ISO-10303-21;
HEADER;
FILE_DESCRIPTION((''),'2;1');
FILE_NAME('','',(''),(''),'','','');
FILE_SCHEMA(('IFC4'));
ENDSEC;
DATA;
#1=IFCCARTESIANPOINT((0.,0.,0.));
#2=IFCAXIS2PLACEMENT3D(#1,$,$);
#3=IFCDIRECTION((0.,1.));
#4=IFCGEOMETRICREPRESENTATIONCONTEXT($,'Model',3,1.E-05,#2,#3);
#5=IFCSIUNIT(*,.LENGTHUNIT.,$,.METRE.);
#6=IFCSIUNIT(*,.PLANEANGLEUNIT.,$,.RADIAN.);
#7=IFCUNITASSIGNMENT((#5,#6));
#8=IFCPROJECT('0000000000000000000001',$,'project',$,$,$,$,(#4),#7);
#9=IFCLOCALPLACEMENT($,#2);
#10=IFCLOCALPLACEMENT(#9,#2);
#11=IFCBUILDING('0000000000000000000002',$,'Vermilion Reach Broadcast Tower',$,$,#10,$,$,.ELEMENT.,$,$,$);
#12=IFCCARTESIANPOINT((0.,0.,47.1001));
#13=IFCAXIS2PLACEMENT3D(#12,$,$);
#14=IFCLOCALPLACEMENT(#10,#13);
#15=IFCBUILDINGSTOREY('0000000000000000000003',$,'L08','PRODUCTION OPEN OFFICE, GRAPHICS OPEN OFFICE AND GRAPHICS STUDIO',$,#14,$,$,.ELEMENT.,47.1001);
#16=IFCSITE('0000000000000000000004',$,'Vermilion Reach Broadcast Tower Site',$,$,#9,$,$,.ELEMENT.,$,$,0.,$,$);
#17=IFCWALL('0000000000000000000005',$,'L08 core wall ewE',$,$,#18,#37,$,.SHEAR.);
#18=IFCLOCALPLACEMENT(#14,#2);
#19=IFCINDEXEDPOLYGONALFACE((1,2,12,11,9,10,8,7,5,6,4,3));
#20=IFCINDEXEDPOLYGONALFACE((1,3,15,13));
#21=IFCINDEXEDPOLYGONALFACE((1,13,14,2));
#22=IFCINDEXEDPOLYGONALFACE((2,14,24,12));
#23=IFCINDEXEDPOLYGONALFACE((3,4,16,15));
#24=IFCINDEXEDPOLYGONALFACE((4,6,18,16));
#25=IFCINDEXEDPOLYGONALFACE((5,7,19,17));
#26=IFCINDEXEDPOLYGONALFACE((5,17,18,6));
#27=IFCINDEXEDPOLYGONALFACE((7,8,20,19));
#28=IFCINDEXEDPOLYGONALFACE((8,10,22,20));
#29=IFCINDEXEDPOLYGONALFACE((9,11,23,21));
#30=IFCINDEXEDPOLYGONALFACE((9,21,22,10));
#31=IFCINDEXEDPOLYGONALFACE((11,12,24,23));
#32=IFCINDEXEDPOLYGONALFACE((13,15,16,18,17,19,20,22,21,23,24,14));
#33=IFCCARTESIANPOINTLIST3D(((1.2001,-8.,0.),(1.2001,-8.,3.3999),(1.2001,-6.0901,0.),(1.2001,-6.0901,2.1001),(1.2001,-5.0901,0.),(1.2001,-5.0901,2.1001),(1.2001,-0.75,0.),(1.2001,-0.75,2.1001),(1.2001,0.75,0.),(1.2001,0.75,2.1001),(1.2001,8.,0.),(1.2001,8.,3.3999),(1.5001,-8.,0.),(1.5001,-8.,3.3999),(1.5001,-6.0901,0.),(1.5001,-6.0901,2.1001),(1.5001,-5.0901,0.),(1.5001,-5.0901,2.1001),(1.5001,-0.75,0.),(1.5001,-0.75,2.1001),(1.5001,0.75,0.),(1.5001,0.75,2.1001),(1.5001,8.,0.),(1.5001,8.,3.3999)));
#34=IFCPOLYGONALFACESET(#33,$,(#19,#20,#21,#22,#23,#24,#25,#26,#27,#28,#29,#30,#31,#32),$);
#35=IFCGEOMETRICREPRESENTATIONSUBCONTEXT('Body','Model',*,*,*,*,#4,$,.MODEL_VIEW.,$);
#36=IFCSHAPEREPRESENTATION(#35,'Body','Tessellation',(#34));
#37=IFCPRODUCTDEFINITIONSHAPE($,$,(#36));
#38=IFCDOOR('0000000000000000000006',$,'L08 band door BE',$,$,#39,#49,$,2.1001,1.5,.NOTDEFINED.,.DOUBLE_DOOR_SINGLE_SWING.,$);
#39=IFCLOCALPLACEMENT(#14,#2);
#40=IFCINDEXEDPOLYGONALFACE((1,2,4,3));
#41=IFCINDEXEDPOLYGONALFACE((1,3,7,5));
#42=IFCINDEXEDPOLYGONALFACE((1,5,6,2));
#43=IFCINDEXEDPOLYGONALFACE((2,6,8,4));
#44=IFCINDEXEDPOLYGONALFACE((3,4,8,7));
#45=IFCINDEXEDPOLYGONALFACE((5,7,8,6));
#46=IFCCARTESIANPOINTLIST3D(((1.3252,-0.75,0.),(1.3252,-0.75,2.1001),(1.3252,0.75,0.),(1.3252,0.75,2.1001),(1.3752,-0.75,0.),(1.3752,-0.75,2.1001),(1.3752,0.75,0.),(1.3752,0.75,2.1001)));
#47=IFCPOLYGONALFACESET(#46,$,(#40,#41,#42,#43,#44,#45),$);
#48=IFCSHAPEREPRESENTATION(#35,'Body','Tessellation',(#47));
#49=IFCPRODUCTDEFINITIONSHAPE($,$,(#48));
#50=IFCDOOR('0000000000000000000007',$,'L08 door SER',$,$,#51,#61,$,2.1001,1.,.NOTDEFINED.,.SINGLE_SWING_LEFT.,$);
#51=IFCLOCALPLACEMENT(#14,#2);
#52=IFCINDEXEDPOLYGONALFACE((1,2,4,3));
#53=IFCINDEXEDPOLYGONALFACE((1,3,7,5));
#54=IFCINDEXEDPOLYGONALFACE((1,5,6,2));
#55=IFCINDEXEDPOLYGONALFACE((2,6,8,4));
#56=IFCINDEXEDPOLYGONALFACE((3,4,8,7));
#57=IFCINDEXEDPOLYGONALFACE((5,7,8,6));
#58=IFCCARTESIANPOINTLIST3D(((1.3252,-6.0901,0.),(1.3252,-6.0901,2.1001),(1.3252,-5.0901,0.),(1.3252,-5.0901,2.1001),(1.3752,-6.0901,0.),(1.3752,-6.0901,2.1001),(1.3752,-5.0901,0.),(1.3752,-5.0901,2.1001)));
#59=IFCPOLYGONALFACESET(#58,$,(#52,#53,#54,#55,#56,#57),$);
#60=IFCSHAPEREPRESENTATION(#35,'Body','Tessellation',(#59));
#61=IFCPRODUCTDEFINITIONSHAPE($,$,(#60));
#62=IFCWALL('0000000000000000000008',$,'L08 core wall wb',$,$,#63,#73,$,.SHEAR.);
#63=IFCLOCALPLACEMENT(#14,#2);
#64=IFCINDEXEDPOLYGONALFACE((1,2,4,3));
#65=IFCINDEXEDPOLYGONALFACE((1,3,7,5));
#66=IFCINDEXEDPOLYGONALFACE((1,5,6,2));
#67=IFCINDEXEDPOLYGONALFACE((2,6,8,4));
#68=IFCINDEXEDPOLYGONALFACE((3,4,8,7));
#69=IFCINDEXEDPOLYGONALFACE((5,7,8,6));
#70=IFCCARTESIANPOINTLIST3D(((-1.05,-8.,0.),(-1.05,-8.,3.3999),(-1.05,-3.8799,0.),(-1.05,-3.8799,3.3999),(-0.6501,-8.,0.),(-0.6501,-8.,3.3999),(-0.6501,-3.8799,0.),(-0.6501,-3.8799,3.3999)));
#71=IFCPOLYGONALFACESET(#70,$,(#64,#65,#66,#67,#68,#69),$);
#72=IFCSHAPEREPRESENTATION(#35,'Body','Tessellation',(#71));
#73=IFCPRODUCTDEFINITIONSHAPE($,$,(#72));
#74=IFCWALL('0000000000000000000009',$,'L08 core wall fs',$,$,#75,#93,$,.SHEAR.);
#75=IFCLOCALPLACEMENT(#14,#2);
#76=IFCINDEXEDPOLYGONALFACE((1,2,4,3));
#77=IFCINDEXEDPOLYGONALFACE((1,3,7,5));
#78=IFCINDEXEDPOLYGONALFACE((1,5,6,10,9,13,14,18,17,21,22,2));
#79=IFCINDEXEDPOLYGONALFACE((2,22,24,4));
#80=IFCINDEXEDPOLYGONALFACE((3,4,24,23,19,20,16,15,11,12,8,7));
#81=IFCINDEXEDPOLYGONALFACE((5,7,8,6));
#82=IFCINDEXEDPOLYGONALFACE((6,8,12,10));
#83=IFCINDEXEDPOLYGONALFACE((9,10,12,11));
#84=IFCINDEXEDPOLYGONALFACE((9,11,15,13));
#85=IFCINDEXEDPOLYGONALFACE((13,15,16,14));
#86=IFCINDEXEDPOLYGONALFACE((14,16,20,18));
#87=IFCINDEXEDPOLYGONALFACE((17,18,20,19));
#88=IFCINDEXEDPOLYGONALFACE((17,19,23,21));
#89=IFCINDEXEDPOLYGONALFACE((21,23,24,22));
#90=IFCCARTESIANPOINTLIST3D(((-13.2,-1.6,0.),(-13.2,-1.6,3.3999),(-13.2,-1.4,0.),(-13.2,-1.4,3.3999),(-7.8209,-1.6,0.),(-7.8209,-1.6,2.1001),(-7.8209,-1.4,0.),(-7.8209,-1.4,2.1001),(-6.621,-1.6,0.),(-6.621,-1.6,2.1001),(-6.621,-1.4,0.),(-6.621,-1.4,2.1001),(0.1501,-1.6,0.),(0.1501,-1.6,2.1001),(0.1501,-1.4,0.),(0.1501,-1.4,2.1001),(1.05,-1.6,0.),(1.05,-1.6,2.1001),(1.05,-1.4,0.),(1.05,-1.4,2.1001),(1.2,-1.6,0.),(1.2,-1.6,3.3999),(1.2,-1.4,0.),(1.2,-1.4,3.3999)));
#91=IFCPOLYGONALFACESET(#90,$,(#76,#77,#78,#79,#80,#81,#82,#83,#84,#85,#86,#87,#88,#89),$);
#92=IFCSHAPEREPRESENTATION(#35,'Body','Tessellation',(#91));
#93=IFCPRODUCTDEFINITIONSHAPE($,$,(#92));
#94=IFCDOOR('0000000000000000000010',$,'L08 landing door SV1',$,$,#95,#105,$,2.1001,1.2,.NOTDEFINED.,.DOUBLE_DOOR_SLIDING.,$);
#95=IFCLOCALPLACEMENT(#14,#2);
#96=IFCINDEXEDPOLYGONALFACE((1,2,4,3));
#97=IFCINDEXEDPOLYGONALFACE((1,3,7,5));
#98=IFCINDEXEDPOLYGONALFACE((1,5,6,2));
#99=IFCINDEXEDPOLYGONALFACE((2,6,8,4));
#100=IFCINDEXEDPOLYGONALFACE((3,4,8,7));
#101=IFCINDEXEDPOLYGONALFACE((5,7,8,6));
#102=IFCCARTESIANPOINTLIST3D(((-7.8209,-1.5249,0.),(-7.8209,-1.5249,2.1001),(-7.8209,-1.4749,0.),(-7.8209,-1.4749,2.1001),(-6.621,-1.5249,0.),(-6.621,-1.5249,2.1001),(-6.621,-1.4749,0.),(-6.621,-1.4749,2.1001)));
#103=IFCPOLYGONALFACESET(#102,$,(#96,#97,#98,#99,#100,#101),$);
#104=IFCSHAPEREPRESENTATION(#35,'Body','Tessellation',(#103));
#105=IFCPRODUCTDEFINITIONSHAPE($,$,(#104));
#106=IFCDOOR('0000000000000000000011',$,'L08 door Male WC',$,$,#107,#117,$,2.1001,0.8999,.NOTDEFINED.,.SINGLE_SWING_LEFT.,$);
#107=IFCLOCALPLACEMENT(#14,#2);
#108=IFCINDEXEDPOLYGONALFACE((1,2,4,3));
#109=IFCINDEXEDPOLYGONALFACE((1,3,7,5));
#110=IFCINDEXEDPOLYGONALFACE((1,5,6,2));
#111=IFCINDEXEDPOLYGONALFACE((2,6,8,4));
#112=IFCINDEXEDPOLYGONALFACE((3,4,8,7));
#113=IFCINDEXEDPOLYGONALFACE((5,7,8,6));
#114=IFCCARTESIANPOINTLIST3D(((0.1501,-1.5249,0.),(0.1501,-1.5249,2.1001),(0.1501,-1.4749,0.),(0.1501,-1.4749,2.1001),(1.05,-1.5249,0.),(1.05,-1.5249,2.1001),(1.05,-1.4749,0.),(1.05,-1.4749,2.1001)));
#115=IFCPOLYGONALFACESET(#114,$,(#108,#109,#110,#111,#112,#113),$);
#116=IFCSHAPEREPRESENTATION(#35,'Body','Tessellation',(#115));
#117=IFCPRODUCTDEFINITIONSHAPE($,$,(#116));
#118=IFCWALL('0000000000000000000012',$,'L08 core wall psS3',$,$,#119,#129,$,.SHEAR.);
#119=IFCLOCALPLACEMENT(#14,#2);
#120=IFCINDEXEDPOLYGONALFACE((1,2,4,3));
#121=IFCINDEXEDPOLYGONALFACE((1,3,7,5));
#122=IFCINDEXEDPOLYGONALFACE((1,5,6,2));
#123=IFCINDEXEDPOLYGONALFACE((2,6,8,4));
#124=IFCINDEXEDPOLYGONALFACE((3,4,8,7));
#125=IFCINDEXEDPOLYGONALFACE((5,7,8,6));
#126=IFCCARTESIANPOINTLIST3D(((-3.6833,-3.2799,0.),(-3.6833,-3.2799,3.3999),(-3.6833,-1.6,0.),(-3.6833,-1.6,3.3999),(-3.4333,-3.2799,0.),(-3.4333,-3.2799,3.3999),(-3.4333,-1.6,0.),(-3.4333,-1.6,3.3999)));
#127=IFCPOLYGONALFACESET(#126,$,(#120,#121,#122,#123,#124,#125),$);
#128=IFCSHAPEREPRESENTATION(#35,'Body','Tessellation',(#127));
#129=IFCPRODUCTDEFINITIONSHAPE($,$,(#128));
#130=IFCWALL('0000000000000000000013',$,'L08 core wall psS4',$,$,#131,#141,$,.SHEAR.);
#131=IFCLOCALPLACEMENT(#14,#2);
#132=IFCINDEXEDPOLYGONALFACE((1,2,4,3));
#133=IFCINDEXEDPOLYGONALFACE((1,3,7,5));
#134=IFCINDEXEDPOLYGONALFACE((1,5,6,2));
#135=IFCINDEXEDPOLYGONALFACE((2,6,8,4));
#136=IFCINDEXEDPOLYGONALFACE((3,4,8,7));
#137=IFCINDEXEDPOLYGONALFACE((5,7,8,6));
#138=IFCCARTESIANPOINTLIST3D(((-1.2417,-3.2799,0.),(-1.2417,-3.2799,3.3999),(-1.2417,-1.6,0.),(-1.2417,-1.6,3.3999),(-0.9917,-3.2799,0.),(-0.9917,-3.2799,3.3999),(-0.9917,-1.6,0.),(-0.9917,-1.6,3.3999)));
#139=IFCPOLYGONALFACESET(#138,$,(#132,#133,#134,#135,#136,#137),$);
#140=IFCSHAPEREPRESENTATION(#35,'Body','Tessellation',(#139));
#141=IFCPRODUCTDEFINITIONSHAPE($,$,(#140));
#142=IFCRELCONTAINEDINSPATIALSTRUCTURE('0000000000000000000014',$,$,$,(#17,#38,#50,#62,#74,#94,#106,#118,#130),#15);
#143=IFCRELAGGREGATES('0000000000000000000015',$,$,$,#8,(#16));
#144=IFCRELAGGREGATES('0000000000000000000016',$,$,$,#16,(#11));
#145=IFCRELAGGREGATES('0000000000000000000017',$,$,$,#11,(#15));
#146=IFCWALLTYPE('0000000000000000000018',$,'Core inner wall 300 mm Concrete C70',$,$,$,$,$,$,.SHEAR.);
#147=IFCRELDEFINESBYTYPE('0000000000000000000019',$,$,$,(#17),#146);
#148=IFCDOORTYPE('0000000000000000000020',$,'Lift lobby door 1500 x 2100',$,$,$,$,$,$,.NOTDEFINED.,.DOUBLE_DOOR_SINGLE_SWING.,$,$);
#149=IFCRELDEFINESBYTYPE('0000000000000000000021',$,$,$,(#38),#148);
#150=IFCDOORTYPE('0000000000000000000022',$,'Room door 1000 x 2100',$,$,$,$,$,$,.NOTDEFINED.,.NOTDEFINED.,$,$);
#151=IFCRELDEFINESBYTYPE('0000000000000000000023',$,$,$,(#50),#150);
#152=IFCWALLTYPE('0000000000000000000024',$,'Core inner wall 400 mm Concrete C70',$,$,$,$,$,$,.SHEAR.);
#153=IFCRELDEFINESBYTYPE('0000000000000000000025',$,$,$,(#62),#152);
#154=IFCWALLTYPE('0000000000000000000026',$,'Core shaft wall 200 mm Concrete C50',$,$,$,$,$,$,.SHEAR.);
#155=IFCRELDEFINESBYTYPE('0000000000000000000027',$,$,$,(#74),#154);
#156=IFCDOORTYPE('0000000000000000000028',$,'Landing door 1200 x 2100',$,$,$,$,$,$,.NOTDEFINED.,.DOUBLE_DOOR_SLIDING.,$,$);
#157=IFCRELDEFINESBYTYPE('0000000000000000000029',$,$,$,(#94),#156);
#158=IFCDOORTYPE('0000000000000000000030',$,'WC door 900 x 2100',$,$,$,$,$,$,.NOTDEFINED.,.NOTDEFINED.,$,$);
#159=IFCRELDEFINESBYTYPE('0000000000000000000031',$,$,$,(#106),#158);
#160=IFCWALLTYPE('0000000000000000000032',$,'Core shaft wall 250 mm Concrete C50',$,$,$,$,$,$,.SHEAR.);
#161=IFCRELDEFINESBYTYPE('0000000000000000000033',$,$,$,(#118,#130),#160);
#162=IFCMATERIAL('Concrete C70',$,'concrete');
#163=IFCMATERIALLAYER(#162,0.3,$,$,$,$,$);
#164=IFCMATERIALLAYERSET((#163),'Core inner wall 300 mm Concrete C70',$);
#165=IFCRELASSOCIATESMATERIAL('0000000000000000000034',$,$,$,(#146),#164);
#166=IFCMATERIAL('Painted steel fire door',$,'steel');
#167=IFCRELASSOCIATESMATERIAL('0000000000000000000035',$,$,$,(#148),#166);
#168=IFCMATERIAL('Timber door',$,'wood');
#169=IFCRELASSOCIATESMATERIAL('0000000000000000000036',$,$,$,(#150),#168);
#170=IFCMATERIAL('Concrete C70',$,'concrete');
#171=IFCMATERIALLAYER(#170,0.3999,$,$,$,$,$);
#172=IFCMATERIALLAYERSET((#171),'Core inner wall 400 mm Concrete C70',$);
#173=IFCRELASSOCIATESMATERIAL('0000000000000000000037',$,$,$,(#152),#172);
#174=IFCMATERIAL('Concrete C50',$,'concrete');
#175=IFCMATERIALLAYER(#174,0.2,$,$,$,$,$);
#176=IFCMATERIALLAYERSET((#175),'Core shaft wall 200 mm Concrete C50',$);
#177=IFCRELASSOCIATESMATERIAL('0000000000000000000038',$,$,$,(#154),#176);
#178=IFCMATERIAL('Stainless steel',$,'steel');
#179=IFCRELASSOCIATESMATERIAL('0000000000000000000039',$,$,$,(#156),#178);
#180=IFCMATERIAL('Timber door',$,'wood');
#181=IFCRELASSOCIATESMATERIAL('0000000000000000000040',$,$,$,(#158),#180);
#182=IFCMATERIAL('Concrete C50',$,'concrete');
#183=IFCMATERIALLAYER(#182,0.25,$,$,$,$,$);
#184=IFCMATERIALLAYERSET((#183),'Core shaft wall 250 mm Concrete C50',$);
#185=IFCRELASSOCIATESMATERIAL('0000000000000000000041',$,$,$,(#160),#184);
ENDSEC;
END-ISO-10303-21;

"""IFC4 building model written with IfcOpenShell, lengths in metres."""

from ifc_helpers import new_model, si_unit, direction, frame, frame_2d, origin, place, context, subcontext, project, spatial, rectangle, extrude, material, layer, layer_set, type_object, element, fill, save


model = new_model("IFC4")

# Units and contexts
model_context = context("Model", 3, precision=1e-05, world=origin(), true_north=direction((0.0, 1.0)))
body_context = subcontext(model_context, "Body", "Model", "MODEL_VIEW")
ifc_project = project(units=[si_unit("LENGTHUNIT", "METRE"), si_unit("PLANEANGLEUNIT", "RADIAN")], contexts=[model_context])

# Site, building, storey
site_placement = place(None, origin())
site = spatial("IfcSite", under=ifc_project, at=site_placement, Name="Vermilion Reach Broadcast Tower Site", CompositionType="ELEMENT", RefElevation=0.0)
building_placement = place(site_placement, origin())
building = spatial("IfcBuilding", under=site, at=building_placement, Name="Vermilion Reach Broadcast Tower", CompositionType="ELEMENT")
storey_placement = place(building_placement, frame((0.0, 0.0, 47.1001)))
storey = spatial("IfcBuildingStorey", under=building, at=storey_placement, Name="L08", Description="PRODUCTION OPEN OFFICE, GRAPHICS OPEN OFFICE AND GRAPHICS STUDIO", CompositionType="ELEMENT", Elevation=47.1001)

# Wall, openings, doors
ifc_material_1 = material(Name="Concrete C70", Category="concrete")
ifc_layer_1 = layer(ifc_material_1, 0.3)
ifc_layer_set_1 = layer_set([ifc_layer_1], Name="Core inner wall 300 mm Concrete C70")
wall_type_1 = type_object("IfcWallType", Name="Core inner wall 300 mm Concrete C70", PredefinedType="SHEAR", material=ifc_layer_set_1)
wall_1_placement = place(storey_placement, frame((1.3501, -8.0, 0.0), z_axis=(0.0, 0.0, 1.0), x_axis=(0.0, 1.0, 0.0)))
wall_1 = element("IfcWall", 1, at=wall_1_placement, inside=storey, type_object=wall_type_1, Name="L08 core wall ewE", PredefinedType="SHEAR", context=body_context, shape_type="SweptSolid", body=[
    extrude(rectangle(XDim=16.0, YDim=0.3, at=frame_2d((8.0, 0.0))), origin(), (0.0, 0.0, 1.0), 3.3999),
])
opening_1_placement = place(wall_1_placement, frame((1.9099, 0.0, 0.0)))
opening_1 = element("IfcOpeningElement", 2, at=opening_1_placement, cuts=wall_1, PredefinedType="OPENING", context=body_context, shape_type="SweptSolid", body=[
    extrude(rectangle(XDim=1.0, YDim=2.1001, at=frame_2d((0.5, 1.05))), frame((0.0, 0.1599, 0.0), z_axis=(0.0, -1.0, 0.0), x_axis=(1.0, 0.0, 0.0)), (0.0, 0.0, 1.0), 0.3201),
])
opening_2_placement = place(wall_1_placement, frame((7.25, 0.0, 0.0)))
opening_2 = element("IfcOpeningElement", 3, at=opening_2_placement, cuts=wall_1, PredefinedType="OPENING", context=body_context, shape_type="SweptSolid", body=[
    extrude(rectangle(XDim=1.5, YDim=2.1001, at=frame_2d((0.75, 1.05))), frame((0.0, 0.1599, 0.0), z_axis=(0.0, -1.0, 0.0), x_axis=(1.0, 0.0, 0.0)), (0.0, 0.0, 1.0), 0.3201),
])
ifc_material_2 = material(Name="Painted steel fire door", Category="steel")
door_type_1 = type_object("IfcDoorType", Name="Lift lobby door 1500 x 2100", OperationType="DOUBLE_DOOR_SINGLE_SWING", PredefinedType="NOTDEFINED", material=ifc_material_2)
door_1_placement = place(opening_2_placement, origin())
door_1 = element("IfcDoor", 4, at=door_1_placement, inside=storey, type_object=door_type_1, Name="L08 band door BE", OperationType="DOUBLE_DOOR_SINGLE_SWING", OverallHeight=2.1001, OverallWidth=1.5, PredefinedType="NOTDEFINED", context=body_context, shape_type="SweptSolid", body=[
    extrude(rectangle(XDim=1.5, YDim=2.1001, at=frame_2d((0.75, 1.05))), frame((0.0, 0.0249, 0.0), z_axis=(0.0, -1.0, 0.0), x_axis=(1.0, 0.0, 0.0)), (0.0, 0.0, 1.0), 0.05),
])
fill(opening_2, door_1)
ifc_material_3 = material(Name="Timber door", Category="wood")
door_type_2 = type_object("IfcDoorType", Name="Room door 1000 x 2100", OperationType="NOTDEFINED", PredefinedType="NOTDEFINED", material=ifc_material_3)
door_2_placement = place(opening_1_placement, origin())
door_2 = element("IfcDoor", 5, at=door_2_placement, inside=storey, type_object=door_type_2, Name="L08 door SER", OperationType="SINGLE_SWING_LEFT", OverallHeight=2.1001, OverallWidth=1.0, PredefinedType="NOTDEFINED", context=body_context, shape_type="SweptSolid", body=[
    extrude(rectangle(XDim=1.0, YDim=2.1001, at=frame_2d((0.5, 1.05))), frame((0.0, 0.0249, 0.0), z_axis=(0.0, -1.0, 0.0), x_axis=(1.0, 0.0, 0.0)), (0.0, 0.0, 1.0), 0.05),
])
fill(opening_1, door_2)

# Wall
ifc_material_4 = material(Name="Concrete C70", Category="concrete")
ifc_layer_2 = layer(ifc_material_4, 0.3999)
ifc_layer_set_2 = layer_set([ifc_layer_2], Name="Core inner wall 400 mm Concrete C70")
wall_type_2 = type_object("IfcWallType", Name="Core inner wall 400 mm Concrete C70", PredefinedType="SHEAR", material=ifc_layer_set_2)
wall_2_placement = place(storey_placement, frame((-0.8501, -3.8799, 0.0), z_axis=(0.0, 0.0, 1.0), x_axis=(0.0, -1.0, 0.0)))
element("IfcWall", 6, at=wall_2_placement, inside=storey, type_object=wall_type_2, Name="L08 core wall wb", PredefinedType="SHEAR", context=body_context, shape_type="SweptSolid", body=[
    extrude(rectangle(XDim=4.1201, YDim=0.3999, at=frame_2d((2.0601, 0.0))), origin(), (0.0, 0.0, 1.0), 3.3999),
])

# Wall, openings, doors
ifc_material_5 = material(Name="Concrete C50", Category="concrete")
ifc_layer_3 = layer(ifc_material_5, 0.2)
ifc_layer_set_3 = layer_set([ifc_layer_3], Name="Core shaft wall 200 mm Concrete C50")
wall_type_3 = type_object("IfcWallType", Name="Core shaft wall 200 mm Concrete C50", PredefinedType="SHEAR", material=ifc_layer_set_3)
wall_3_placement = place(storey_placement, frame((1.2, -1.5, 0.0), z_axis=(0.0, 0.0, 1.0), x_axis=(-1.0, 0.0, 0.0)))
wall_3 = element("IfcWall", 7, at=wall_3_placement, inside=storey, type_object=wall_type_3, Name="L08 core wall fs", PredefinedType="SHEAR", context=body_context, shape_type="SweptSolid", body=[
    extrude(rectangle(XDim=14.3999, YDim=0.2, at=frame_2d((7.2, 0.0))), origin(), (0.0, 0.0, 1.0), 3.3999),
])
opening_3_placement = place(wall_3_placement, frame((7.8208, 0.0, 0.0)))
opening_3 = element("IfcOpeningElement", 8, at=opening_3_placement, cuts=wall_3, PredefinedType="OPENING", context=body_context, shape_type="SweptSolid", body=[
    extrude(rectangle(XDim=1.2, YDim=2.1001, at=frame_2d((0.6001, 1.05))), frame((0.0, 0.1099, 0.0), z_axis=(0.0, -1.0, 0.0), x_axis=(1.0, 0.0, 0.0)), (0.0, 0.0, 1.0), 0.22),
])
opening_4_placement = place(wall_3_placement, frame((0.1499, 0.0, 0.0)))
opening_4 = element("IfcOpeningElement", 9, at=opening_4_placement, cuts=wall_3, PredefinedType="OPENING", context=body_context, shape_type="SweptSolid", body=[
    extrude(rectangle(XDim=0.8999, YDim=2.1001, at=frame_2d((0.45, 1.05))), frame((0.0, 0.1099, 0.0), z_axis=(0.0, -1.0, 0.0), x_axis=(1.0, 0.0, 0.0)), (0.0, 0.0, 1.0), 0.22),
])
ifc_material_6 = material(Name="Stainless steel", Category="steel")
door_type_3 = type_object("IfcDoorType", Name="Landing door 1200 x 2100", OperationType="DOUBLE_DOOR_SLIDING", PredefinedType="NOTDEFINED", material=ifc_material_6)
door_3_placement = place(opening_3_placement, origin())
door_3 = element("IfcDoor", 10, at=door_3_placement, inside=storey, type_object=door_type_3, Name="L08 landing door SV1", OperationType="DOUBLE_DOOR_SLIDING", OverallHeight=2.1001, OverallWidth=1.2, PredefinedType="NOTDEFINED", context=body_context, shape_type="SweptSolid", body=[
    extrude(rectangle(XDim=1.2, YDim=2.1001, at=frame_2d((0.6001, 1.05))), frame((0.0, 0.0249, 0.0), z_axis=(0.0, -1.0, 0.0), x_axis=(1.0, 0.0, 0.0)), (0.0, 0.0, 1.0), 0.05),
])
fill(opening_3, door_3)
ifc_material_7 = material(Name="Timber door", Category="wood")
door_type_4 = type_object("IfcDoorType", Name="WC door 900 x 2100", OperationType="NOTDEFINED", PredefinedType="NOTDEFINED", material=ifc_material_7)
door_4_placement = place(opening_4_placement, origin())
door_4 = element("IfcDoor", 11, at=door_4_placement, inside=storey, type_object=door_type_4, Name="L08 door Male WC", OperationType="SINGLE_SWING_LEFT", OverallHeight=2.1001, OverallWidth=0.8999, PredefinedType="NOTDEFINED", context=body_context, shape_type="SweptSolid", body=[
    extrude(rectangle(XDim=0.8999, YDim=2.1001, at=frame_2d((0.45, 1.05))), frame((0.0, 0.0249, 0.0), z_axis=(0.0, -1.0, 0.0), x_axis=(1.0, 0.0, 0.0)), (0.0, 0.0, 1.0), 0.05),
])
fill(opening_4, door_4)

# Walls
ifc_material_8 = material(Name="Concrete C50", Category="concrete")
ifc_layer_4 = layer(ifc_material_8, 0.25)
ifc_layer_set_4 = layer_set([ifc_layer_4], Name="Core shaft wall 250 mm Concrete C50")
wall_type_4 = type_object("IfcWallType", Name="Core shaft wall 250 mm Concrete C50", PredefinedType="SHEAR", material=ifc_layer_set_4)
for number, where, z_axis, x_axis, name in (
    (12, (-3.5583, -1.6001, 0.0), (0.0, 0.0, 1.0), (0.0, -1.0, 0.0), "L08 core wall psS3"),
    (13, (-1.1167, -1.6001, 0.0), (0.0, 0.0, 1.0), (0.0, -1.0, 0.0), "L08 core wall psS4"),
):
    element("IfcWall", number, at=place(storey_placement, frame(where, z_axis=z_axis, x_axis=x_axis)), inside=storey, type_object=wall_type_4, Name=name, PredefinedType="SHEAR", context=body_context, shape_type="SweptSolid", body=[
        extrude(rectangle(XDim=1.6799, YDim=0.25, at=frame_2d((0.8398, 0.0))), origin(), (0.0, 0.0, 1.0), 3.3999),
    ])

save(model, "model.ifc")
